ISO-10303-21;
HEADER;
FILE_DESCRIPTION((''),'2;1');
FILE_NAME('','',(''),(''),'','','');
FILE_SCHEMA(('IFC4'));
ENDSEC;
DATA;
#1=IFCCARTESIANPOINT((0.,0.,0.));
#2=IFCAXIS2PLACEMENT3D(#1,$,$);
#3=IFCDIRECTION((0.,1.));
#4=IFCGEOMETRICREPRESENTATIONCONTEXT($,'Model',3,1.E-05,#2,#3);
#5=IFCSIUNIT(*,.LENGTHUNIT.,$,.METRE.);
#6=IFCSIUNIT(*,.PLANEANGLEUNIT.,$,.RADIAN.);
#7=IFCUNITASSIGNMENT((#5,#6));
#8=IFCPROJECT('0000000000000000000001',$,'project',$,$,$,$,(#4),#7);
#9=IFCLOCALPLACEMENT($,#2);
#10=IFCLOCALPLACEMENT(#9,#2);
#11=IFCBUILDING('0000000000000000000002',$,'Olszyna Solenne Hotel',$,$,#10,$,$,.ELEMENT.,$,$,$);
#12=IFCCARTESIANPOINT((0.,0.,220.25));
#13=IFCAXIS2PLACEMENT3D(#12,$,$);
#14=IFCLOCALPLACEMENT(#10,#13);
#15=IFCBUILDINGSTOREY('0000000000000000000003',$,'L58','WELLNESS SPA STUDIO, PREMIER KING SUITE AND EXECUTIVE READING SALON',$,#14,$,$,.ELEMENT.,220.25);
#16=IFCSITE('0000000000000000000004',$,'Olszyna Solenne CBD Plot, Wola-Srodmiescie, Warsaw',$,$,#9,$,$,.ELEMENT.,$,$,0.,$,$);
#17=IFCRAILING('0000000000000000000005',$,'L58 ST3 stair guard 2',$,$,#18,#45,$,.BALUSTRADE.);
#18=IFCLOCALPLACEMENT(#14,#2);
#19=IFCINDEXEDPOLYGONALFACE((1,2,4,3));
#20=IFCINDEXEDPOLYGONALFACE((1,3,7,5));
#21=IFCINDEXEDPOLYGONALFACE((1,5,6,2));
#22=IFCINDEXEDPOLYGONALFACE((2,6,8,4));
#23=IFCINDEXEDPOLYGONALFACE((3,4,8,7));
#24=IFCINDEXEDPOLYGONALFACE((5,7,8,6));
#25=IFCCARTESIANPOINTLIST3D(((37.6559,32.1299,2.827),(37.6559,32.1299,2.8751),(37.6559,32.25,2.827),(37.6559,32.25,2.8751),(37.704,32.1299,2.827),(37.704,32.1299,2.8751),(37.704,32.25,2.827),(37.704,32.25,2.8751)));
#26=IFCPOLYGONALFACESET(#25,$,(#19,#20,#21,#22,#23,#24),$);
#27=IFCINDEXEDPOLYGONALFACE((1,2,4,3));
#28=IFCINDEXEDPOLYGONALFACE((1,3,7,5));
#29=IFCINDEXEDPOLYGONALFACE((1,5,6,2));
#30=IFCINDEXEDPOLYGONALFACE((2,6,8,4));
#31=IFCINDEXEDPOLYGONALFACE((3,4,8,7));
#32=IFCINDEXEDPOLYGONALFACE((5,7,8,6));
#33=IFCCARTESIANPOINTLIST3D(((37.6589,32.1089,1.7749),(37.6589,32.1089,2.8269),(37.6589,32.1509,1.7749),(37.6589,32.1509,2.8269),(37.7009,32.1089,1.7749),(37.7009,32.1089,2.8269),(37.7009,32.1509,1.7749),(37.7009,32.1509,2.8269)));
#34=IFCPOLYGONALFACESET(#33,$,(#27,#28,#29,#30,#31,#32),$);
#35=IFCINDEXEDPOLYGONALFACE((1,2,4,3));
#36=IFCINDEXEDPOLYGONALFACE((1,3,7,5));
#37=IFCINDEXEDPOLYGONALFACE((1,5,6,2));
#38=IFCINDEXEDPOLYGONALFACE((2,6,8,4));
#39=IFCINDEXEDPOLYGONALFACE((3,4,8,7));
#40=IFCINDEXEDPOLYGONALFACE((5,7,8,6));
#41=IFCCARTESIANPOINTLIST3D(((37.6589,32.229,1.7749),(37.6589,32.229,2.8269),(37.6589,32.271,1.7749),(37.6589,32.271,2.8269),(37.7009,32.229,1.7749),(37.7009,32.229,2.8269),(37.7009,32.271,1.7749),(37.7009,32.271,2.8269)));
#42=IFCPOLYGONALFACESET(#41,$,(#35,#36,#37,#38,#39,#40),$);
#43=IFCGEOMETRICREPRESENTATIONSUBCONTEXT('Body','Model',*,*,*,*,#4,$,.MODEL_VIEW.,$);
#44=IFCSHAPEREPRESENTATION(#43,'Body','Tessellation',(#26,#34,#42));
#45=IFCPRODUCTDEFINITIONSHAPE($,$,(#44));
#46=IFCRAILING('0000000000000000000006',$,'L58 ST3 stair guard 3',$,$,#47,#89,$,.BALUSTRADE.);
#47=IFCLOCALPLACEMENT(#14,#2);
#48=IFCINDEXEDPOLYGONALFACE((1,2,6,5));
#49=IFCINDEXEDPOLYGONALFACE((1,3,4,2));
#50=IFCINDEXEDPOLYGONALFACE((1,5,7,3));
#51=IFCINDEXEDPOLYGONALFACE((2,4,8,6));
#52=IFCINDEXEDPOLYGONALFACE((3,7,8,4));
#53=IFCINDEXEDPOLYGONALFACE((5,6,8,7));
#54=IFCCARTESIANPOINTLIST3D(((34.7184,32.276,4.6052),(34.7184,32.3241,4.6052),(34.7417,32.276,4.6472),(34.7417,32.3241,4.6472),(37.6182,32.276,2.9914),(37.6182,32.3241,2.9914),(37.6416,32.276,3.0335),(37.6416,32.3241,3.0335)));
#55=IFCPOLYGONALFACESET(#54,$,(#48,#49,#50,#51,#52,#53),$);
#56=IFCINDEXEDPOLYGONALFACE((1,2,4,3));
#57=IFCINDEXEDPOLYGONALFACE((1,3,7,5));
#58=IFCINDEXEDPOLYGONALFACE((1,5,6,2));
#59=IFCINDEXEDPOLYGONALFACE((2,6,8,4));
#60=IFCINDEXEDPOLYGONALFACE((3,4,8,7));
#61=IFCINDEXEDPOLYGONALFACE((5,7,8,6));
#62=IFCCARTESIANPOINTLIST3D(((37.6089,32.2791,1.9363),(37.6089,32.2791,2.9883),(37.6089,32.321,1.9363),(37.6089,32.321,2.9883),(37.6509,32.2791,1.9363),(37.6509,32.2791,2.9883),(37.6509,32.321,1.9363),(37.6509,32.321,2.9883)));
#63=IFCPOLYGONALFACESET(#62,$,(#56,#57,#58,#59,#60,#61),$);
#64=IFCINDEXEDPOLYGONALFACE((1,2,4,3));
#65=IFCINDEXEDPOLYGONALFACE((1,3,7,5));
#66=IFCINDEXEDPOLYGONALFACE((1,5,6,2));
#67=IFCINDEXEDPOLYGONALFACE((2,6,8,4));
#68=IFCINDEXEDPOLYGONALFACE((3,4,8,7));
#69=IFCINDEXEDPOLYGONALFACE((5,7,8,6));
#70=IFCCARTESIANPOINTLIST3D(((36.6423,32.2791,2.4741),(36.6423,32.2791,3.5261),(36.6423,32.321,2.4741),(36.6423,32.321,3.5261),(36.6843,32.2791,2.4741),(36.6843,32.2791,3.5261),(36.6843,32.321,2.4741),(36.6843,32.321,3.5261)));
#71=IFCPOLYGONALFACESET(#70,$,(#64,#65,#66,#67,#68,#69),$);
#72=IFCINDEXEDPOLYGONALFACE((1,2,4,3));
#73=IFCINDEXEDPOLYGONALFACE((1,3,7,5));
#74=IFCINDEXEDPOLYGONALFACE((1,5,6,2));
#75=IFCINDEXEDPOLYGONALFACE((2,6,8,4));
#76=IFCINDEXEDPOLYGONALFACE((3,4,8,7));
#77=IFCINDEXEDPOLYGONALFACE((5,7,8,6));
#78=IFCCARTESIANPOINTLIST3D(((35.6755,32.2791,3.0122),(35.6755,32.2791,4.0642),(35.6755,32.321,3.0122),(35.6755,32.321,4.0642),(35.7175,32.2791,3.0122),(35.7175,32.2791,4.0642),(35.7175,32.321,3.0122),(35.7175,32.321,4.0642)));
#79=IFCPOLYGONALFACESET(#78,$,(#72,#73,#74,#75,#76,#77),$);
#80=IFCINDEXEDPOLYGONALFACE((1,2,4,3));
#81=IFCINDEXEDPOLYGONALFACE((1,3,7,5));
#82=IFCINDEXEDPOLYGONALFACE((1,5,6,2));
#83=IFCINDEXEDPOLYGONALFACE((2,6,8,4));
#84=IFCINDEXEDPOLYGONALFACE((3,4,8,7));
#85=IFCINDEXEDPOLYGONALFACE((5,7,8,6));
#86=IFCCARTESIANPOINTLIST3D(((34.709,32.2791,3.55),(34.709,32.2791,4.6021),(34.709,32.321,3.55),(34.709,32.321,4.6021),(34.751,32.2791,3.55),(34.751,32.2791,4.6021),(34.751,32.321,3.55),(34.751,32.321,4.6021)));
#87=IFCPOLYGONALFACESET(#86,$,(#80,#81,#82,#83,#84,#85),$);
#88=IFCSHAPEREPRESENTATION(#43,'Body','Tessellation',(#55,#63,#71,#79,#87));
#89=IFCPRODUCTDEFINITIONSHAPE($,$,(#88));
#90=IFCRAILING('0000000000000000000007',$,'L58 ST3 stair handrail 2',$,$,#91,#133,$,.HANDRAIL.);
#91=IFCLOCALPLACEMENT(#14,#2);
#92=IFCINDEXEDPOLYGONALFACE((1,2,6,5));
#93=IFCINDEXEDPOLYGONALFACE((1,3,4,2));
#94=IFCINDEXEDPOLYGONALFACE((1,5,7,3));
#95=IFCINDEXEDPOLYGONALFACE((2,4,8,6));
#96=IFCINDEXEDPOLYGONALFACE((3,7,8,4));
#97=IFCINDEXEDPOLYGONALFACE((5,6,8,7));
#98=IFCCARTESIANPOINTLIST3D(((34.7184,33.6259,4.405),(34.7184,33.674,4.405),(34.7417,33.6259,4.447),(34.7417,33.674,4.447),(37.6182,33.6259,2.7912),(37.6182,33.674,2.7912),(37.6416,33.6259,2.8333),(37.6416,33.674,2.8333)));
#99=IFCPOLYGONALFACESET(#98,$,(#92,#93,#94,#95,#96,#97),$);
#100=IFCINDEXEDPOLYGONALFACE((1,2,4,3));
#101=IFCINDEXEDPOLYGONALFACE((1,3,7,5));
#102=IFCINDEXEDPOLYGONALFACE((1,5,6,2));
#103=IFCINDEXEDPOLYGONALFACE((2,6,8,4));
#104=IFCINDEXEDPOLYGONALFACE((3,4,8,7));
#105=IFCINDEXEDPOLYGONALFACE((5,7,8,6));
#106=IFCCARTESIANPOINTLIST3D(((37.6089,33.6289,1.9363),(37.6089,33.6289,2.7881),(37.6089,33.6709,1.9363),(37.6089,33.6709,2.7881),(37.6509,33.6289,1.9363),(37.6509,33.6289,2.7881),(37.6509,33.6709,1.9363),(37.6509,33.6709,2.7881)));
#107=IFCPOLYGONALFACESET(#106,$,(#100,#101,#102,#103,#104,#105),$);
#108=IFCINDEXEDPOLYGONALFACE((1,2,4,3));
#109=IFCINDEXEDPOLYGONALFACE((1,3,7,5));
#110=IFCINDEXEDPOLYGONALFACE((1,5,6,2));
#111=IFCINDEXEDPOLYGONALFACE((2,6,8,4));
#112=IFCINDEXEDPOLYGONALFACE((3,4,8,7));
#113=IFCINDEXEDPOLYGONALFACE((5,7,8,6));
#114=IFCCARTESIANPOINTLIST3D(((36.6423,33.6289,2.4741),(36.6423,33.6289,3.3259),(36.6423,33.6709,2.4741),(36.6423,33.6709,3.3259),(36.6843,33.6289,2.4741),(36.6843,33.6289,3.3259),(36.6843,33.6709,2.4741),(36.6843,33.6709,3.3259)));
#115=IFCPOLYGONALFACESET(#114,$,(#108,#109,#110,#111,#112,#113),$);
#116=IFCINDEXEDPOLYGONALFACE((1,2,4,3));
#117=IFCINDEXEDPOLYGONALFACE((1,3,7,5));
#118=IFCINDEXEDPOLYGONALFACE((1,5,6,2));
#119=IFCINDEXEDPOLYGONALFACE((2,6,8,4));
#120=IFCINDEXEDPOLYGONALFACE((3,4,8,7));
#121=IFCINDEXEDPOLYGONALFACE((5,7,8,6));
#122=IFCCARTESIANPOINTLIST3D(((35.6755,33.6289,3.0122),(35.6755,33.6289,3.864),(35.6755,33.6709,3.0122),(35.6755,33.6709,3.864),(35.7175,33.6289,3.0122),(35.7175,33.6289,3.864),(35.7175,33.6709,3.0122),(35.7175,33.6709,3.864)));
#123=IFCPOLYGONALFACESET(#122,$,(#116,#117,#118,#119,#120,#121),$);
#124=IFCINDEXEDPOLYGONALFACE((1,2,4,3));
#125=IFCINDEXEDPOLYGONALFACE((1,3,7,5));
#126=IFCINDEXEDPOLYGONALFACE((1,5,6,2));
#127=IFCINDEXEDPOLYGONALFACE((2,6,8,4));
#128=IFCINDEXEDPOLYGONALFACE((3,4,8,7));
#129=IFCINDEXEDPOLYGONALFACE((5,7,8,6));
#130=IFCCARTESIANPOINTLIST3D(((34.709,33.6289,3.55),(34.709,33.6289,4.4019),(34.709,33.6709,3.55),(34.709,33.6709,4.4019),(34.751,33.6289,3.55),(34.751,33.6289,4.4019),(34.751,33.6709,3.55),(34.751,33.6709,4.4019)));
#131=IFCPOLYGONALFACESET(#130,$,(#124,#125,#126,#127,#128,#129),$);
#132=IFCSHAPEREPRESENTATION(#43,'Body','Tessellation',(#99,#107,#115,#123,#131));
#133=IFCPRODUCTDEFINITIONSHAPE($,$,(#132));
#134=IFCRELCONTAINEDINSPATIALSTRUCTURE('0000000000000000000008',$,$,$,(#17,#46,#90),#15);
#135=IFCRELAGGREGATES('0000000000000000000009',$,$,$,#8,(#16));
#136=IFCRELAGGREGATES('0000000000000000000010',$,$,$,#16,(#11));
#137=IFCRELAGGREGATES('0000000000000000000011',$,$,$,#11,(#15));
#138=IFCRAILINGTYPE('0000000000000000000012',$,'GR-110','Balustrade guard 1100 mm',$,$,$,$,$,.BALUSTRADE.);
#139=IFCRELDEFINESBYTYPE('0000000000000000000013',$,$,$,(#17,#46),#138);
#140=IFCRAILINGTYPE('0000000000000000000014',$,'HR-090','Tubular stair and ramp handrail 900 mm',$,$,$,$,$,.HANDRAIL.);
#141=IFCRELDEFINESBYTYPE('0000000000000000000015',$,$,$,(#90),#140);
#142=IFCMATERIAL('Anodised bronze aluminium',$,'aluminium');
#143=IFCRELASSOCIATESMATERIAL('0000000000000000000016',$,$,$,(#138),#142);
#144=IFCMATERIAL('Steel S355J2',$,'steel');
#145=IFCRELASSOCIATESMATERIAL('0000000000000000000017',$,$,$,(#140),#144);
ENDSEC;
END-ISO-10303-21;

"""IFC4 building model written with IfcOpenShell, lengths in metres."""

from ifc_helpers import new_model, si_unit, direction, frame, origin, origin_2d, place, context, subcontext, project, spatial, rectangle, extrude, material, type_object, element, save


model = new_model("IFC4")

# Units and contexts
model_context = context("Model", 3, precision=1e-05, world=origin(), true_north=direction((0.0, 1.0)))
body_context = subcontext(model_context, "Body", "Model", "MODEL_VIEW")
ifc_project = project(units=[si_unit("LENGTHUNIT", "METRE"), si_unit("PLANEANGLEUNIT", "RADIAN")], contexts=[model_context])

# Site, building, storey
site_placement = place(None, origin())
site = spatial("IfcSite", under=ifc_project, at=site_placement, Name="Olszyna Solenne CBD Plot, Wola-Srodmiescie, Warsaw", CompositionType="ELEMENT", RefElevation=0.0)
building_placement = place(site_placement, origin())
building = spatial("IfcBuilding", under=site, at=building_placement, Name="Olszyna Solenne Hotel", CompositionType="ELEMENT")
storey_placement = place(building_placement, frame((0.0, 0.0, 220.25)))
storey = spatial("IfcBuildingStorey", under=building, at=storey_placement, Name="L58", Description="WELLNESS SPA STUDIO, PREMIER KING SUITE AND EXECUTIVE READING SALON", CompositionType="ELEMENT", Elevation=220.25)

# Shared definitions
ifc_material_1 = material(Name="Steel S355J2", Category="steel")

# Shared definitions
ifc_material_2 = material(Name="Anodised bronze aluminium", Category="aluminium")

# Railings
railing_type_1 = type_object("IfcRailingType", Name="GR-110", Description="Balustrade guard 1100 mm", PredefinedType="BALUSTRADE", material=ifc_material_2)
railing_1_placement = place(storey_placement, frame((37.6799, 32.1299, 1.7749)))
element("IfcRailing", 1, at=railing_1_placement, inside=storey, type_object=railing_type_1, Name="L58 ST3 stair guard 2", PredefinedType="BALUSTRADE", context=body_context, shape_type="SweptSolid", body=[
    extrude(rectangle(XDim=0.0481, YDim=0.0481, at=origin_2d()), frame((0.0, 0.0, 1.0762), z_axis=(0.0, 1.0, 0.0), x_axis=(-1.0, 0.0, 0.0)), (0.0, 0.0, 1.0), 0.1201),
    extrude(rectangle(XDim=0.042, YDim=0.042, at=origin_2d()), origin(), (0.0, 0.0, 1.0), 1.052),
    extrude(rectangle(XDim=0.042, YDim=0.042, at=origin_2d()), frame((0.0, 0.1201, 0.0)), (0.0, 0.0, 1.0), 1.052),
])
railing_2_placement = place(storey_placement, frame((37.6299, 32.3, 1.9363)))
element("IfcRailing", 2, at=railing_2_placement, inside=storey, type_object=railing_type_1, Name="L58 ST3 stair guard 3", PredefinedType="BALUSTRADE", context=body_context, shape_type="SweptSolid", body=[
    extrude(rectangle(XDim=0.0481, YDim=0.0481, at=origin_2d()), frame((0.0, 0.0, 1.0762), z_axis=(-0.87381, 0.0, 0.486267), x_axis=(0.0, -1.0, 0.0)), (0.0, 0.0, 1.0), 3.3186),
    extrude(rectangle(XDim=0.042, YDim=0.042, at=origin_2d()), origin(), (0.0, 0.0, 1.0), 1.052),
    extrude(rectangle(XDim=0.042, YDim=0.042, at=origin_2d()), frame((-0.9666, 0.0, 0.5378)), (0.0, 0.0, 1.0), 1.052),
    extrude(rectangle(XDim=0.042, YDim=0.042, at=origin_2d()), frame((-1.9333, 0.0, 1.0759)), (0.0, 0.0, 1.0), 1.052),
    extrude(rectangle(XDim=0.042, YDim=0.042, at=origin_2d()), frame((-2.8999, 0.0, 1.6138)), (0.0, 0.0, 1.0), 1.052),
])
railing_type_2 = type_object("IfcRailingType", Name="HR-090", Description="Tubular stair and ramp handrail 900 mm", PredefinedType="HANDRAIL", material=ifc_material_1)
railing_3_placement = place(storey_placement, frame((37.6299, 33.6499, 1.9363)))
element("IfcRailing", 3, at=railing_3_placement, inside=storey, type_object=railing_type_2, Name="L58 ST3 stair handrail 2", PredefinedType="HANDRAIL", context=body_context, shape_type="SweptSolid", body=[
    extrude(rectangle(XDim=0.0481, YDim=0.0481, at=origin_2d()), frame((0.0, 0.0, 0.876), z_axis=(-0.87381, 0.0, 0.486267), x_axis=(0.0, -1.0, 0.0)), (0.0, 0.0, 1.0), 3.3186),
    extrude(rectangle(XDim=0.042, YDim=0.042, at=origin_2d()), origin(), (0.0, 0.0, 1.0), 0.8518),
    extrude(rectangle(XDim=0.042, YDim=0.042, at=origin_2d()), frame((-0.9666, 0.0, 0.5378)), (0.0, 0.0, 1.0), 0.8518),
    extrude(rectangle(XDim=0.042, YDim=0.042, at=origin_2d()), frame((-1.9333, 0.0, 1.0759)), (0.0, 0.0, 1.0), 0.8518),
    extrude(rectangle(XDim=0.042, YDim=0.042, at=origin_2d()), frame((-2.8999, 0.0, 1.6138)), (0.0, 0.0, 1.0), 0.8518),
])

save(model, "model.ifc")
